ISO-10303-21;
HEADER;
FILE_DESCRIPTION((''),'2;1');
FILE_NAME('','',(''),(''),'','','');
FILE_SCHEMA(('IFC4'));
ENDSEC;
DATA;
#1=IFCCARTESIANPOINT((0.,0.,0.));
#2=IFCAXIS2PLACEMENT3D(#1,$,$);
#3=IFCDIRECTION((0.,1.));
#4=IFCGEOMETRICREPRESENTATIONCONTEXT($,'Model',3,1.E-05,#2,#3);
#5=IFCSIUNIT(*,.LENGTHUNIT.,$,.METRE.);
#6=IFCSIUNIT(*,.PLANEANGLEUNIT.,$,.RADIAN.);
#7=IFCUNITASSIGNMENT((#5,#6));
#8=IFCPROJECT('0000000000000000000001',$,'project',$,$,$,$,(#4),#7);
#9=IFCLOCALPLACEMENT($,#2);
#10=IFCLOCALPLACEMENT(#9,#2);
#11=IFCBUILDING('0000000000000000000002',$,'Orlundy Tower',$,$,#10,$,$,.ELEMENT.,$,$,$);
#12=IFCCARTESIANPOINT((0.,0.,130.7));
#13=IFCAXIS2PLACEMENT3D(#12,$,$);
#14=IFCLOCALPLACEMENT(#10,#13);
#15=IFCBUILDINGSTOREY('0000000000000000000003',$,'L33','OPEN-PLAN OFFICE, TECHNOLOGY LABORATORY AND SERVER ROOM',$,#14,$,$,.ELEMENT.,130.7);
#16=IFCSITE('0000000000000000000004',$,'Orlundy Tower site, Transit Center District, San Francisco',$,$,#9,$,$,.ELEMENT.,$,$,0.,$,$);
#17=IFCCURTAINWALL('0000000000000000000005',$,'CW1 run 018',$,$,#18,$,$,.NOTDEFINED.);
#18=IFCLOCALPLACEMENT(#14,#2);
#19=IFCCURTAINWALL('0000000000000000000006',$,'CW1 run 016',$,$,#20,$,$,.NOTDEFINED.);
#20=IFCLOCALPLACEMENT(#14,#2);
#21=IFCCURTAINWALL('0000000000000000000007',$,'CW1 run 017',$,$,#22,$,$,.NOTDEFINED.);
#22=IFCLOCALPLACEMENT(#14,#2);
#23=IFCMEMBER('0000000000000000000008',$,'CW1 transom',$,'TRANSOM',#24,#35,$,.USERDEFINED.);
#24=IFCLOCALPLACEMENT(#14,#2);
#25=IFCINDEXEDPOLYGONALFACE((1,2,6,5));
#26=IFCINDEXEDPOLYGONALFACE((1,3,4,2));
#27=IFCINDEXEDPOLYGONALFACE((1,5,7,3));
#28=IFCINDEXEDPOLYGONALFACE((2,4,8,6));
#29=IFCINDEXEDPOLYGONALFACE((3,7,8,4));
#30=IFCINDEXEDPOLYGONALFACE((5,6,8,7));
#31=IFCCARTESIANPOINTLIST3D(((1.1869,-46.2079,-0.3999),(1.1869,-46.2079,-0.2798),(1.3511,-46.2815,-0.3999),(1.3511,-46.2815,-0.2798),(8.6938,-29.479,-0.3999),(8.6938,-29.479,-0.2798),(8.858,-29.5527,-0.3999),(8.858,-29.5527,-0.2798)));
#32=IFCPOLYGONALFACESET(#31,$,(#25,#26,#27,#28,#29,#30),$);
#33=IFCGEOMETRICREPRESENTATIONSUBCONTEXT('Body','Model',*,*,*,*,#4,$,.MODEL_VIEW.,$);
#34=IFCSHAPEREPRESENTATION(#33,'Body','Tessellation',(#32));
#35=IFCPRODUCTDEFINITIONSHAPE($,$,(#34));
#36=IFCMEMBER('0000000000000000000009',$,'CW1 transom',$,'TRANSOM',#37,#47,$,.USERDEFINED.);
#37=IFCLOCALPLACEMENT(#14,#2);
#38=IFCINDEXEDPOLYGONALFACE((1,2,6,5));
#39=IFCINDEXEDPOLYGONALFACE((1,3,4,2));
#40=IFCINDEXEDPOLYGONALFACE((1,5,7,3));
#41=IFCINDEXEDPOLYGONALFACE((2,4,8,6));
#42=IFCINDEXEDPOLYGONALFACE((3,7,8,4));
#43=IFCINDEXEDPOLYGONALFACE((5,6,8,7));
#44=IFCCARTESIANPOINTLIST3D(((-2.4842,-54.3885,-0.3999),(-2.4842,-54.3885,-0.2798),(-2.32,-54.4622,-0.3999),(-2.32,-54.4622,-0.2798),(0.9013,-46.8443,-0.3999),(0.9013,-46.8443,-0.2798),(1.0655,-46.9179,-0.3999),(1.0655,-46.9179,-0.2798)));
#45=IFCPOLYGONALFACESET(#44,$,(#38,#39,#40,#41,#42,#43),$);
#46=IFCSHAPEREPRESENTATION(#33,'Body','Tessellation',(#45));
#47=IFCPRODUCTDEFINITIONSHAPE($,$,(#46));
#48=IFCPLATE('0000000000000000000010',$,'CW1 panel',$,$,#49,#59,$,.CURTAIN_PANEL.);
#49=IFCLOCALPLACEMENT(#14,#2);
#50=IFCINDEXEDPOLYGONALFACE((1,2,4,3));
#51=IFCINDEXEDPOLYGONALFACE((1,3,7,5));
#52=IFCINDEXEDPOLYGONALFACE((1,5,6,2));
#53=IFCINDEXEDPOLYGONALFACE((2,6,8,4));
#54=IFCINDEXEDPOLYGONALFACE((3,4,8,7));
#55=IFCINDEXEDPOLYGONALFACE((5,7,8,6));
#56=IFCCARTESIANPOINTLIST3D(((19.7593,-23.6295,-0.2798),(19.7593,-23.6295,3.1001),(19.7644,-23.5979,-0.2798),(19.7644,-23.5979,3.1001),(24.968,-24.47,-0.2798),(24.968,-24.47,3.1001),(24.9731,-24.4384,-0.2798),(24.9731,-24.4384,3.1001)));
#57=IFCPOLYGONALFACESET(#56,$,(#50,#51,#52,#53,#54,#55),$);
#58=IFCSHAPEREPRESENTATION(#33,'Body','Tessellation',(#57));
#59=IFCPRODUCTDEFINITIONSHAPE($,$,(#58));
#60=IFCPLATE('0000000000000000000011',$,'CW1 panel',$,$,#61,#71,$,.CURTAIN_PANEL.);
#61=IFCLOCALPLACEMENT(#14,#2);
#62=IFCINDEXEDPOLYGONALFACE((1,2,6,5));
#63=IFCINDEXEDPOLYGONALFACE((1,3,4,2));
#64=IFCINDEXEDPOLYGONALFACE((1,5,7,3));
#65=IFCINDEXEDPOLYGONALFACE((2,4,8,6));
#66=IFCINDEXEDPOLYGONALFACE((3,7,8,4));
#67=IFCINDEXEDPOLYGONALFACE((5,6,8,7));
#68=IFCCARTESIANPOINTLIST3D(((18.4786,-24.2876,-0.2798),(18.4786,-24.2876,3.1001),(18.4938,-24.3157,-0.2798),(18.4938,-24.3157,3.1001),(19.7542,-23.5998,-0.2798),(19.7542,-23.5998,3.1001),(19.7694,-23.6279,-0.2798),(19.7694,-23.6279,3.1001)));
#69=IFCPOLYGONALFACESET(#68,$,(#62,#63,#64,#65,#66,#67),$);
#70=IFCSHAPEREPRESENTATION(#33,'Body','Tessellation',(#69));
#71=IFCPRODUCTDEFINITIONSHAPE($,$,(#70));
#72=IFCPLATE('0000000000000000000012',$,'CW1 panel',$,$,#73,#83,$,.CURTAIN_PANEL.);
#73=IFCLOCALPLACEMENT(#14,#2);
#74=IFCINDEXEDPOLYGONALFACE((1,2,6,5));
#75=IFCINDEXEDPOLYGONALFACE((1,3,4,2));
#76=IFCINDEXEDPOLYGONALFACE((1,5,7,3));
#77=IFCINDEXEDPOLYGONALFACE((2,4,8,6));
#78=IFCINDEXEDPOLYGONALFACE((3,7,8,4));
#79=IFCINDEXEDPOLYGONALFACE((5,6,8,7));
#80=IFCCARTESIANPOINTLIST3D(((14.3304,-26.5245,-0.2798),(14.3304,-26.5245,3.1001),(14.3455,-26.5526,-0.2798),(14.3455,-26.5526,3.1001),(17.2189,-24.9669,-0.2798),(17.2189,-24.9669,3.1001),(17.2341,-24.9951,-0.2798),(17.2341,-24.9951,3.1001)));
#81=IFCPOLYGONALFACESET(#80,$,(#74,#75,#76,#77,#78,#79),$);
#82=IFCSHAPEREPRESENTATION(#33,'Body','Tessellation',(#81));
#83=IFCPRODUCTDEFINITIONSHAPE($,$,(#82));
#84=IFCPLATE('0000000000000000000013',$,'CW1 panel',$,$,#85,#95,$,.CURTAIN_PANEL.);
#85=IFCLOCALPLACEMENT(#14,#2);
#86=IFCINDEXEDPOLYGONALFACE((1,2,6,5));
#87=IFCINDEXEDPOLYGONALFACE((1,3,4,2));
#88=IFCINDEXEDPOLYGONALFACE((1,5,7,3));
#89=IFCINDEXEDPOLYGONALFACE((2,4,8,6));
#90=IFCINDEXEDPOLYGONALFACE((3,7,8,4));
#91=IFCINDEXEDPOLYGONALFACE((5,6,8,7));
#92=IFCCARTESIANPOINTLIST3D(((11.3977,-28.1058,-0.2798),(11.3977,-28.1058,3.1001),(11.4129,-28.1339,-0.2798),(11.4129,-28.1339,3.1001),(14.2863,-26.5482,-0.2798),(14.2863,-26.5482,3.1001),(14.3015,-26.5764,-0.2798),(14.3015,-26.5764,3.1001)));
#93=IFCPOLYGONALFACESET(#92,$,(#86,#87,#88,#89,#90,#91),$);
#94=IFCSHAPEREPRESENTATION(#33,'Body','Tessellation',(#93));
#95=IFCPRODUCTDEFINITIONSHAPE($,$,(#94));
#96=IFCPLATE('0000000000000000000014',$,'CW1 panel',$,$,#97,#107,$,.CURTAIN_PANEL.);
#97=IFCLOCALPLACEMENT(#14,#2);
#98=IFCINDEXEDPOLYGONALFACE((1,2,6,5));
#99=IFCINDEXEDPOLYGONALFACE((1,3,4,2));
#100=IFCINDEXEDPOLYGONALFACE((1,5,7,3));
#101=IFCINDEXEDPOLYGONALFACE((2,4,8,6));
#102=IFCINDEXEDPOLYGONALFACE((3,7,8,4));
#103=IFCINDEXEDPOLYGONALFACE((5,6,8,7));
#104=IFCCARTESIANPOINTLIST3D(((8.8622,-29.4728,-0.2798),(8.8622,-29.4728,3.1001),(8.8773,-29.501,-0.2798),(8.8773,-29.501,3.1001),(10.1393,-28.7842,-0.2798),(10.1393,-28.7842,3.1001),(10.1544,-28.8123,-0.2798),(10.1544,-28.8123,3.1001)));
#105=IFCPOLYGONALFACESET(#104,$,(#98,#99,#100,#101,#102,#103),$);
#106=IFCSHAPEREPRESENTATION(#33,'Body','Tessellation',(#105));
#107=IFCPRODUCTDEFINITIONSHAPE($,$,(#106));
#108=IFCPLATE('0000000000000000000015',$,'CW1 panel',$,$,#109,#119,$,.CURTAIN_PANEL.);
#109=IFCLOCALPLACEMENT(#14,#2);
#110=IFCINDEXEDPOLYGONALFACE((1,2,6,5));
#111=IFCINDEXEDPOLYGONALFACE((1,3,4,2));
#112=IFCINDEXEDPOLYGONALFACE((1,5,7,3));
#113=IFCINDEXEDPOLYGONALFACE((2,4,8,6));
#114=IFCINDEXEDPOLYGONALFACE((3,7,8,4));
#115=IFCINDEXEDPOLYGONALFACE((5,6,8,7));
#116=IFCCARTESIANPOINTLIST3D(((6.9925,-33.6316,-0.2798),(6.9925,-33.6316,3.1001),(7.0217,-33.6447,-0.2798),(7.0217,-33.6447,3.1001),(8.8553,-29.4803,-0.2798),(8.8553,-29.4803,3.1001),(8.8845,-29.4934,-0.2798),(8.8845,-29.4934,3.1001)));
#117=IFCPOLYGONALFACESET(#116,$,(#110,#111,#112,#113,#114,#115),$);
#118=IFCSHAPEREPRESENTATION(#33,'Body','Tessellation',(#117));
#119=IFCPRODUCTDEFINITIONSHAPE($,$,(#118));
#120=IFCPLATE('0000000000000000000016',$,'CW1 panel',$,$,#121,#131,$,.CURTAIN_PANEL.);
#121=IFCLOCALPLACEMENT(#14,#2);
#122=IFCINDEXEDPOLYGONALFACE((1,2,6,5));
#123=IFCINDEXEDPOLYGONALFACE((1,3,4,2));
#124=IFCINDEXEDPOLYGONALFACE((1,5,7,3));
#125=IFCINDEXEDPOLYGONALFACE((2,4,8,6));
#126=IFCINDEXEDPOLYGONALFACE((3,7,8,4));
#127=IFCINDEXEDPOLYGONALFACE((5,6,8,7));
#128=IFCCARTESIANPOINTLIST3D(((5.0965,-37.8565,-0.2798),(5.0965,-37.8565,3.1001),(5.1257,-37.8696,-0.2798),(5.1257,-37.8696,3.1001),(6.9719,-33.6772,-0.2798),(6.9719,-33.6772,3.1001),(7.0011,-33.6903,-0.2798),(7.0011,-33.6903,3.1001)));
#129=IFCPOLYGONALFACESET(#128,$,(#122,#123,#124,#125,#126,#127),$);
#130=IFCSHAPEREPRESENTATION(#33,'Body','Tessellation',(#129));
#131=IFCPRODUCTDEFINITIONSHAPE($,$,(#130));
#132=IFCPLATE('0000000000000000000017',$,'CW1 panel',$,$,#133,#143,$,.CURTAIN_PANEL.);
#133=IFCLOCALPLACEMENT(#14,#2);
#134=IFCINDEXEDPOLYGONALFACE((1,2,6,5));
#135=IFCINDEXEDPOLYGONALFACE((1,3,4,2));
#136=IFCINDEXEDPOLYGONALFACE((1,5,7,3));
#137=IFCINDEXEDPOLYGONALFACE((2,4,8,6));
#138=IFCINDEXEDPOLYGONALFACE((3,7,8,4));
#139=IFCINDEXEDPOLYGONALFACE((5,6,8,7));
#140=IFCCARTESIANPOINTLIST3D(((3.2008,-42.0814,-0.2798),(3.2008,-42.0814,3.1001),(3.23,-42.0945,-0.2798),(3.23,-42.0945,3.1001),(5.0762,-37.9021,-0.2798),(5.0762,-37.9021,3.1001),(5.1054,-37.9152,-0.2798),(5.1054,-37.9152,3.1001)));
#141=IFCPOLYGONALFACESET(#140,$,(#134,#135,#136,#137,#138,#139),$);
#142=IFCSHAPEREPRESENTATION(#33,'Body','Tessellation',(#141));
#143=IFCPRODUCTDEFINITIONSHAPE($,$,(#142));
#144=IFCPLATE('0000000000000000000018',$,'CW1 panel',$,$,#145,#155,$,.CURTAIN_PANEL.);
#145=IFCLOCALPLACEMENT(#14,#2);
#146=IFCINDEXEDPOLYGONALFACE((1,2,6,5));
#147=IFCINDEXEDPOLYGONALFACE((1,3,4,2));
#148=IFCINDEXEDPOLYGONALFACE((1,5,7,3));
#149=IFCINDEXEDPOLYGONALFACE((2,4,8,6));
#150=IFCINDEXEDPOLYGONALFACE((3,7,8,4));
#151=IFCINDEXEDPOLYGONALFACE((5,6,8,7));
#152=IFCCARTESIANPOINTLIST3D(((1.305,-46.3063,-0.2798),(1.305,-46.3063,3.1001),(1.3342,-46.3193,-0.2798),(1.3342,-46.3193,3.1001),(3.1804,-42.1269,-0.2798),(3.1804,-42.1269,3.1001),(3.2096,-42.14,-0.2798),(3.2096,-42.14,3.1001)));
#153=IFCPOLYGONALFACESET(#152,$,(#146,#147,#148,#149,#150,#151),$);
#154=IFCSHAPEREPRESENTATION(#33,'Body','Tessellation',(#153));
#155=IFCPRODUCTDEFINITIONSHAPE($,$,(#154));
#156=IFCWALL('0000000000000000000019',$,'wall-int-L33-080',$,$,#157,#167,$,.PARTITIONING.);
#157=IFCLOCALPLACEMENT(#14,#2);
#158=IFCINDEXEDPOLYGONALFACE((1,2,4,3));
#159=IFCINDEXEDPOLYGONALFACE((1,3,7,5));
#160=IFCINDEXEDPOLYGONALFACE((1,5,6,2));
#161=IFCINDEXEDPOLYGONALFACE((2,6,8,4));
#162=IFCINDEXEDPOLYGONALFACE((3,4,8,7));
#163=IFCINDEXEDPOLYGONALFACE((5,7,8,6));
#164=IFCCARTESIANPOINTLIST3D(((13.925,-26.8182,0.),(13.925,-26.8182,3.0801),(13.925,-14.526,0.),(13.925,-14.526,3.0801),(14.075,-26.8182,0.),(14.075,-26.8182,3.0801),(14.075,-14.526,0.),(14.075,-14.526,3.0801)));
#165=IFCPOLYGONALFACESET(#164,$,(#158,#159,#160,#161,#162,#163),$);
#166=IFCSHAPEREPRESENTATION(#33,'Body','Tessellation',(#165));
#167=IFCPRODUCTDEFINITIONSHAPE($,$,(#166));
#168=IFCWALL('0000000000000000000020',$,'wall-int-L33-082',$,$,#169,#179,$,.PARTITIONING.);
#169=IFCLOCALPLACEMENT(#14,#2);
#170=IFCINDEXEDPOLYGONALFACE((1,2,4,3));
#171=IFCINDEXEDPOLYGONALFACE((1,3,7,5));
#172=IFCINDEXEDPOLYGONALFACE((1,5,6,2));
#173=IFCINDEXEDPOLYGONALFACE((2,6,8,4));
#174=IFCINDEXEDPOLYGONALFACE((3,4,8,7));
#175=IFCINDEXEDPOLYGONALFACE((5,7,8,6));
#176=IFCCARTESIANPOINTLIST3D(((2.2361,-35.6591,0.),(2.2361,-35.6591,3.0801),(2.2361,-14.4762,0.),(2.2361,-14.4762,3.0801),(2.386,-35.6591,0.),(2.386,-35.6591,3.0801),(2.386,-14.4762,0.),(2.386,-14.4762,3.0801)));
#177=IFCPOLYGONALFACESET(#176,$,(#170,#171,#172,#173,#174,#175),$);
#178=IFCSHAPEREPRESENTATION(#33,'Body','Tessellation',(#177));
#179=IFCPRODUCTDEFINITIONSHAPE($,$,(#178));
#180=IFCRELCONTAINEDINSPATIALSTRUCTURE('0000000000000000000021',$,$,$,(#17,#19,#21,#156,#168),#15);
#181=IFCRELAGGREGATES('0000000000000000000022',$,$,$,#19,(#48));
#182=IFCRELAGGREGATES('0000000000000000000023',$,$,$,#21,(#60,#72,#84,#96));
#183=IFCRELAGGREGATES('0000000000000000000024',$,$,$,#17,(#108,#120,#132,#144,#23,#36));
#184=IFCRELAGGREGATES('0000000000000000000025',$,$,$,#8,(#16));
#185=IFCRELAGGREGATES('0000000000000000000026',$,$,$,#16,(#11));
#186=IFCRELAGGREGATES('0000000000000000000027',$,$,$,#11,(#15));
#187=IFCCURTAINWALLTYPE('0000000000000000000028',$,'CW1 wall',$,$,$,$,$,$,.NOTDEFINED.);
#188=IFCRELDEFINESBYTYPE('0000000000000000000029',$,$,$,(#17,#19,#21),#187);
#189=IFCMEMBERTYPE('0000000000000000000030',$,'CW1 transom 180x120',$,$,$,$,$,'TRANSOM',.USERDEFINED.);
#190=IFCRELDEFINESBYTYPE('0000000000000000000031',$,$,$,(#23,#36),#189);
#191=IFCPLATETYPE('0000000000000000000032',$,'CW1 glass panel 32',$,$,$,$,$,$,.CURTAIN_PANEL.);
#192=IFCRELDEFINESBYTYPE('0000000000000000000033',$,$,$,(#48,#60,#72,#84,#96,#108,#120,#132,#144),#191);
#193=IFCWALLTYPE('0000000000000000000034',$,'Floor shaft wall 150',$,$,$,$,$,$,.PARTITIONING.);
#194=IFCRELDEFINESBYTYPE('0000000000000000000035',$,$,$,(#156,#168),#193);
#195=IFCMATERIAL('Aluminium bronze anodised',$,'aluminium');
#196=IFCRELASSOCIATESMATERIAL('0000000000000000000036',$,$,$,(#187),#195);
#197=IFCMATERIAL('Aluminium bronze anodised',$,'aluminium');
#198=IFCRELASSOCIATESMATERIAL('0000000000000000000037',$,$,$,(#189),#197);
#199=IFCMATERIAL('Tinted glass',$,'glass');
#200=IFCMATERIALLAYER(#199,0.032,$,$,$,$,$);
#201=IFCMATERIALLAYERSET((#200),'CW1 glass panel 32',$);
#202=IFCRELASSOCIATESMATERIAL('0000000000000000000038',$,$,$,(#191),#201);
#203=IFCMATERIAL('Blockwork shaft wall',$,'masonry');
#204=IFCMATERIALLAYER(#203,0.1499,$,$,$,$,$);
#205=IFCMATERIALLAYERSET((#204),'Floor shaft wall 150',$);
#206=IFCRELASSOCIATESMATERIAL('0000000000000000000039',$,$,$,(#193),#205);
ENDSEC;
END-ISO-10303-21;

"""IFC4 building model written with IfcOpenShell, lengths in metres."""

from ifc_helpers import new_model, si_unit, direction, frame, frame_2d, origin, origin_2d, place, context, subcontext, project, spatial, rectangle, extrude, material, layer, layer_set, material_profile, profile_set, type_object, element, aggregate, save


model = new_model("IFC4")

# Units and contexts
model_context = context("Model", 3, precision=1e-05, world=origin(), true_north=direction((0.0, 1.0)))
body_context = subcontext(model_context, "Body", "Model", "MODEL_VIEW")
ifc_project = project(units=[si_unit("LENGTHUNIT", "METRE"), si_unit("PLANEANGLEUNIT", "RADIAN")], contexts=[model_context])

# Site, building, storey
site_placement = place(None, origin())
site = spatial("IfcSite", under=ifc_project, at=site_placement, Name="Orlundy Tower site, Transit Center District, San Francisco", CompositionType="ELEMENT", RefElevation=0.0)
building_placement = place(site_placement, origin())
building = spatial("IfcBuilding", under=site, at=building_placement, Name="Orlundy Tower", CompositionType="ELEMENT")
storey_placement = place(building_placement, frame((0.0, 0.0, 130.7)))
storey = spatial("IfcBuildingStorey", under=building, at=storey_placement, Name="L33", Description="OPEN-PLAN OFFICE, TECHNOLOGY LABORATORY AND SERVER ROOM", CompositionType="ELEMENT", Elevation=130.7)

# Curtain walls
ifc_material_1 = material(Name="Aluminium bronze anodised", Category="aluminium")
curtain_wall_type = type_object("IfcCurtainWallType", Name="CW1 wall", PredefinedType="NOTDEFINED", material=ifc_material_1)
curtain_wall_1_placement = place(storey_placement, origin())
curtain_wall_1 = element("IfcCurtainWall", 1, at=curtain_wall_1_placement, inside=storey, type_object=curtain_wall_type, Name="CW1 run 018", PredefinedType="NOTDEFINED")
curtain_wall_2_placement = place(storey_placement, origin())
curtain_wall_2 = element("IfcCurtainWall", 2, at=curtain_wall_2_placement, inside=storey, type_object=curtain_wall_type, Name="CW1 run 016", PredefinedType="NOTDEFINED")
curtain_wall_3_placement = place(storey_placement, origin())
curtain_wall_3 = element("IfcCurtainWall", 3, at=curtain_wall_3_placement, inside=storey, type_object=curtain_wall_type, Name="CW1 run 017", PredefinedType="NOTDEFINED")

# Members
ifc_material_2 = material(Name="Aluminium bronze anodised", Category="aluminium")
ifc_material_profile_1 = material_profile(ifc_material_2, rectangle(XDim=0.1799, YDim=0.1201, at=origin_2d()), Name="CW1 transom 180x120")
ifc_profile_set_1 = profile_set([ifc_material_profile_1], Name="Aluminium bronze anodised")
member_type_1 = type_object("IfcMemberType", Name="CW1 transom 180x120", ElementType="TRANSOM", PredefinedType="USERDEFINED", material=ifc_profile_set_1)
member_1_placement = place(storey_placement, frame((8.7759, -29.5159, -0.3398), z_axis=(-0.409407, -0.912352, 0.0), x_axis=(0.912352, -0.409407, 0.0)))
member_1 = element("IfcMember", 4, at=member_1_placement, type_object=member_type_1, Name="CW1 transom", ObjectType="TRANSOM", PredefinedType="USERDEFINED", context=body_context, shape_type="SweptSolid", body=[
    extrude(rectangle(XDim=0.1799, YDim=0.1201, at=origin_2d()), origin(), (0.0, 0.0, 1.0), 18.3359),
])
member_2_placement = place(storey_placement, frame((0.9834, -46.8811, -0.3398), z_axis=(-0.40942, -0.912346, 0.0), x_axis=(0.912346, -0.40942, 0.0)))
member_2 = element("IfcMember", 5, at=member_2_placement, type_object=member_type_1, Name="CW1 transom", ObjectType="TRANSOM", PredefinedType="USERDEFINED", context=body_context, shape_type="SweptSolid", body=[
    extrude(rectangle(XDim=0.1799, YDim=0.1201, at=origin_2d()), origin(), (0.0, 0.0, 1.0), 8.269),
])

# Plates
ifc_material_3 = material(Name="Tinted glass", Category="glass")
ifc_layer_1 = layer(ifc_material_3, 0.032)
ifc_layer_set_1 = layer_set([ifc_layer_1], Name="CW1 glass panel 32")
plate_type = type_object("IfcPlateType", Name="CW1 glass panel 32", PredefinedType="CURTAIN_PANEL", material=ifc_layer_set_1)
plate_1_placement = place(storey_placement, frame((22.3662, -24.0339, -0.2798), z_axis=(0.0, 0.0, 1.0), x_axis=(-0.987228, 0.159311, 0.0)))
plate_1 = element("IfcPlate", 6, at=plate_1_placement, type_object=plate_type, Name="CW1 panel", PredefinedType="CURTAIN_PANEL", context=body_context, shape_type="SweptSolid", body=[
    extrude(rectangle(XDim=5.2761, YDim=0.032, at=origin_2d()), origin(), (0.0, 0.0, 1.0), 3.3799),
])
aggregate(curtain_wall_2, [plate_1])
plate_2_placement = place(storey_placement, frame((19.124, -23.9578, -0.2798), z_axis=(0.0, 0.0, 1.0), x_axis=(-0.880193, -0.474616, 0.0)))
plate_2 = element("IfcPlate", 7, at=plate_2_placement, type_object=plate_type, Name="CW1 panel", PredefinedType="CURTAIN_PANEL", context=body_context, shape_type="SweptSolid", body=[
    extrude(rectangle(XDim=1.4492, YDim=0.032, at=origin_2d()), origin(), (0.0, 0.0, 1.0), 3.3799),
])
plate_3_placement = place(storey_placement, frame((15.7822, -25.7598, -0.2798), z_axis=(0.0, 0.0, 1.0), x_axis=(-0.880193, -0.474616, 0.0)))
plate_3 = element("IfcPlate", 8, at=plate_3_placement, type_object=plate_type, Name="CW1 panel", PredefinedType="CURTAIN_PANEL", context=body_context, shape_type="SweptSolid", body=[
    extrude(rectangle(XDim=3.2817, YDim=0.032, at=origin_2d()), origin(), (0.0, 0.0, 1.0), 3.3799),
])
plate_4_placement = place(storey_placement, frame((12.8496, -27.3411, -0.2798), z_axis=(0.0, 0.0, 1.0), x_axis=(-0.880193, -0.474616, 0.0)))
plate_4 = element("IfcPlate", 9, at=plate_4_placement, type_object=plate_type, Name="CW1 panel", PredefinedType="CURTAIN_PANEL", context=body_context, shape_type="SweptSolid", body=[
    extrude(rectangle(XDim=3.2817, YDim=0.032, at=origin_2d()), origin(), (0.0, 0.0, 1.0), 3.3799),
])
plate_5_placement = place(storey_placement, frame((9.5083, -29.1426, -0.2798), z_axis=(0.0, 0.0, 1.0), x_axis=(-0.880193, -0.474616, 0.0)))
plate_5 = element("IfcPlate", 10, at=plate_5_placement, type_object=plate_type, Name="CW1 panel", PredefinedType="CURTAIN_PANEL", context=body_context, shape_type="SweptSolid", body=[
    extrude(rectangle(XDim=1.4509, YDim=0.032, at=origin_2d()), origin(), (0.0, 0.0, 1.0), 3.3799),
])
aggregate(curtain_wall_3, [plate_2, plate_3, plate_4, plate_5])
plate_6_placement = place(storey_placement, frame((7.9385, -31.5625, -0.2798), z_axis=(0.0, 0.0, 1.0), x_axis=(-0.409405, -0.912353, 0.0)))
plate_6 = element("IfcPlate", 11, at=plate_6_placement, type_object=plate_type, Name="CW1 panel", PredefinedType="CURTAIN_PANEL", context=body_context, shape_type="SweptSolid", body=[
    extrude(rectangle(XDim=4.55, YDim=0.032, at=origin_2d()), origin(), (0.0, 0.0, 1.0), 3.3799),
])
plate_7_placement = place(storey_placement, frame((6.0488, -35.7734, -0.2798), z_axis=(0.0, 0.0, 1.0), x_axis=(-0.409405, -0.912353, 0.0)))
plate_7 = element("IfcPlate", 12, at=plate_7_placement, type_object=plate_type, Name="CW1 panel", PredefinedType="CURTAIN_PANEL", context=body_context, shape_type="SweptSolid", body=[
    extrude(rectangle(XDim=4.5808, YDim=0.032, at=origin_2d()), origin(), (0.0, 0.0, 1.0), 3.3799),
])
plate_8_placement = place(storey_placement, frame((4.1531, -39.9983, -0.2798), z_axis=(0.0, 0.0, 1.0), x_axis=(-0.409405, -0.912353, 0.0)))
plate_8 = element("IfcPlate", 13, at=plate_8_placement, type_object=plate_type, Name="CW1 panel", PredefinedType="CURTAIN_PANEL", context=body_context, shape_type="SweptSolid", body=[
    extrude(rectangle(XDim=4.5808, YDim=0.032, at=origin_2d()), origin(), (0.0, 0.0, 1.0), 3.3799),
])
plate_9_placement = place(storey_placement, frame((2.2573, -44.2231, -0.2798), z_axis=(0.0, 0.0, 1.0), x_axis=(-0.409405, -0.912353, 0.0)))
plate_9 = element("IfcPlate", 14, at=plate_9_placement, type_object=plate_type, Name="CW1 panel", PredefinedType="CURTAIN_PANEL", context=body_context, shape_type="SweptSolid", body=[
    extrude(rectangle(XDim=4.5808, YDim=0.032, at=origin_2d()), origin(), (0.0, 0.0, 1.0), 3.3799),
])
aggregate(curtain_wall_1, [plate_6, plate_7, plate_8, plate_9, member_1, member_2])

# Walls
ifc_material_4 = material(Name="Blockwork shaft wall", Category="masonry")
ifc_layer_2 = layer(ifc_material_4, 0.1499)
ifc_layer_set_2 = layer_set([ifc_layer_2], Name="Floor shaft wall 150")
wall_type = type_object("IfcWallType", Name="Floor shaft wall 150", PredefinedType="PARTITIONING", material=ifc_layer_set_2)
wall_1_placement = place(storey_placement, frame((14.0, -26.8181, 0.0), z_axis=(0.0, 0.0, 1.0), x_axis=(0.0, 1.0, 0.0)))
element("IfcWall", 15, at=wall_1_placement, inside=storey, type_object=wall_type, Name="wall-int-L33-080", PredefinedType="PARTITIONING", context=body_context, shape_type="SweptSolid", body=[
    extrude(rectangle(XDim=12.2922, YDim=0.1499, at=frame_2d((6.146, 0.0))), origin(), (0.0, 0.0, 1.0), 3.0801),
])
wall_2_placement = place(storey_placement, frame((2.311, -35.6589, 0.0), z_axis=(0.0, 0.0, 1.0), x_axis=(0.0, 1.0, 0.0)))
element("IfcWall", 16, at=wall_2_placement, inside=storey, type_object=wall_type, Name="wall-int-L33-082", PredefinedType="PARTITIONING", context=body_context, shape_type="SweptSolid", body=[
    extrude(rectangle(XDim=21.1829, YDim=0.1499, at=frame_2d((10.5913, 0.0))), origin(), (0.0, 0.0, 1.0), 3.0801),
])

save(model, "model.ifc")
